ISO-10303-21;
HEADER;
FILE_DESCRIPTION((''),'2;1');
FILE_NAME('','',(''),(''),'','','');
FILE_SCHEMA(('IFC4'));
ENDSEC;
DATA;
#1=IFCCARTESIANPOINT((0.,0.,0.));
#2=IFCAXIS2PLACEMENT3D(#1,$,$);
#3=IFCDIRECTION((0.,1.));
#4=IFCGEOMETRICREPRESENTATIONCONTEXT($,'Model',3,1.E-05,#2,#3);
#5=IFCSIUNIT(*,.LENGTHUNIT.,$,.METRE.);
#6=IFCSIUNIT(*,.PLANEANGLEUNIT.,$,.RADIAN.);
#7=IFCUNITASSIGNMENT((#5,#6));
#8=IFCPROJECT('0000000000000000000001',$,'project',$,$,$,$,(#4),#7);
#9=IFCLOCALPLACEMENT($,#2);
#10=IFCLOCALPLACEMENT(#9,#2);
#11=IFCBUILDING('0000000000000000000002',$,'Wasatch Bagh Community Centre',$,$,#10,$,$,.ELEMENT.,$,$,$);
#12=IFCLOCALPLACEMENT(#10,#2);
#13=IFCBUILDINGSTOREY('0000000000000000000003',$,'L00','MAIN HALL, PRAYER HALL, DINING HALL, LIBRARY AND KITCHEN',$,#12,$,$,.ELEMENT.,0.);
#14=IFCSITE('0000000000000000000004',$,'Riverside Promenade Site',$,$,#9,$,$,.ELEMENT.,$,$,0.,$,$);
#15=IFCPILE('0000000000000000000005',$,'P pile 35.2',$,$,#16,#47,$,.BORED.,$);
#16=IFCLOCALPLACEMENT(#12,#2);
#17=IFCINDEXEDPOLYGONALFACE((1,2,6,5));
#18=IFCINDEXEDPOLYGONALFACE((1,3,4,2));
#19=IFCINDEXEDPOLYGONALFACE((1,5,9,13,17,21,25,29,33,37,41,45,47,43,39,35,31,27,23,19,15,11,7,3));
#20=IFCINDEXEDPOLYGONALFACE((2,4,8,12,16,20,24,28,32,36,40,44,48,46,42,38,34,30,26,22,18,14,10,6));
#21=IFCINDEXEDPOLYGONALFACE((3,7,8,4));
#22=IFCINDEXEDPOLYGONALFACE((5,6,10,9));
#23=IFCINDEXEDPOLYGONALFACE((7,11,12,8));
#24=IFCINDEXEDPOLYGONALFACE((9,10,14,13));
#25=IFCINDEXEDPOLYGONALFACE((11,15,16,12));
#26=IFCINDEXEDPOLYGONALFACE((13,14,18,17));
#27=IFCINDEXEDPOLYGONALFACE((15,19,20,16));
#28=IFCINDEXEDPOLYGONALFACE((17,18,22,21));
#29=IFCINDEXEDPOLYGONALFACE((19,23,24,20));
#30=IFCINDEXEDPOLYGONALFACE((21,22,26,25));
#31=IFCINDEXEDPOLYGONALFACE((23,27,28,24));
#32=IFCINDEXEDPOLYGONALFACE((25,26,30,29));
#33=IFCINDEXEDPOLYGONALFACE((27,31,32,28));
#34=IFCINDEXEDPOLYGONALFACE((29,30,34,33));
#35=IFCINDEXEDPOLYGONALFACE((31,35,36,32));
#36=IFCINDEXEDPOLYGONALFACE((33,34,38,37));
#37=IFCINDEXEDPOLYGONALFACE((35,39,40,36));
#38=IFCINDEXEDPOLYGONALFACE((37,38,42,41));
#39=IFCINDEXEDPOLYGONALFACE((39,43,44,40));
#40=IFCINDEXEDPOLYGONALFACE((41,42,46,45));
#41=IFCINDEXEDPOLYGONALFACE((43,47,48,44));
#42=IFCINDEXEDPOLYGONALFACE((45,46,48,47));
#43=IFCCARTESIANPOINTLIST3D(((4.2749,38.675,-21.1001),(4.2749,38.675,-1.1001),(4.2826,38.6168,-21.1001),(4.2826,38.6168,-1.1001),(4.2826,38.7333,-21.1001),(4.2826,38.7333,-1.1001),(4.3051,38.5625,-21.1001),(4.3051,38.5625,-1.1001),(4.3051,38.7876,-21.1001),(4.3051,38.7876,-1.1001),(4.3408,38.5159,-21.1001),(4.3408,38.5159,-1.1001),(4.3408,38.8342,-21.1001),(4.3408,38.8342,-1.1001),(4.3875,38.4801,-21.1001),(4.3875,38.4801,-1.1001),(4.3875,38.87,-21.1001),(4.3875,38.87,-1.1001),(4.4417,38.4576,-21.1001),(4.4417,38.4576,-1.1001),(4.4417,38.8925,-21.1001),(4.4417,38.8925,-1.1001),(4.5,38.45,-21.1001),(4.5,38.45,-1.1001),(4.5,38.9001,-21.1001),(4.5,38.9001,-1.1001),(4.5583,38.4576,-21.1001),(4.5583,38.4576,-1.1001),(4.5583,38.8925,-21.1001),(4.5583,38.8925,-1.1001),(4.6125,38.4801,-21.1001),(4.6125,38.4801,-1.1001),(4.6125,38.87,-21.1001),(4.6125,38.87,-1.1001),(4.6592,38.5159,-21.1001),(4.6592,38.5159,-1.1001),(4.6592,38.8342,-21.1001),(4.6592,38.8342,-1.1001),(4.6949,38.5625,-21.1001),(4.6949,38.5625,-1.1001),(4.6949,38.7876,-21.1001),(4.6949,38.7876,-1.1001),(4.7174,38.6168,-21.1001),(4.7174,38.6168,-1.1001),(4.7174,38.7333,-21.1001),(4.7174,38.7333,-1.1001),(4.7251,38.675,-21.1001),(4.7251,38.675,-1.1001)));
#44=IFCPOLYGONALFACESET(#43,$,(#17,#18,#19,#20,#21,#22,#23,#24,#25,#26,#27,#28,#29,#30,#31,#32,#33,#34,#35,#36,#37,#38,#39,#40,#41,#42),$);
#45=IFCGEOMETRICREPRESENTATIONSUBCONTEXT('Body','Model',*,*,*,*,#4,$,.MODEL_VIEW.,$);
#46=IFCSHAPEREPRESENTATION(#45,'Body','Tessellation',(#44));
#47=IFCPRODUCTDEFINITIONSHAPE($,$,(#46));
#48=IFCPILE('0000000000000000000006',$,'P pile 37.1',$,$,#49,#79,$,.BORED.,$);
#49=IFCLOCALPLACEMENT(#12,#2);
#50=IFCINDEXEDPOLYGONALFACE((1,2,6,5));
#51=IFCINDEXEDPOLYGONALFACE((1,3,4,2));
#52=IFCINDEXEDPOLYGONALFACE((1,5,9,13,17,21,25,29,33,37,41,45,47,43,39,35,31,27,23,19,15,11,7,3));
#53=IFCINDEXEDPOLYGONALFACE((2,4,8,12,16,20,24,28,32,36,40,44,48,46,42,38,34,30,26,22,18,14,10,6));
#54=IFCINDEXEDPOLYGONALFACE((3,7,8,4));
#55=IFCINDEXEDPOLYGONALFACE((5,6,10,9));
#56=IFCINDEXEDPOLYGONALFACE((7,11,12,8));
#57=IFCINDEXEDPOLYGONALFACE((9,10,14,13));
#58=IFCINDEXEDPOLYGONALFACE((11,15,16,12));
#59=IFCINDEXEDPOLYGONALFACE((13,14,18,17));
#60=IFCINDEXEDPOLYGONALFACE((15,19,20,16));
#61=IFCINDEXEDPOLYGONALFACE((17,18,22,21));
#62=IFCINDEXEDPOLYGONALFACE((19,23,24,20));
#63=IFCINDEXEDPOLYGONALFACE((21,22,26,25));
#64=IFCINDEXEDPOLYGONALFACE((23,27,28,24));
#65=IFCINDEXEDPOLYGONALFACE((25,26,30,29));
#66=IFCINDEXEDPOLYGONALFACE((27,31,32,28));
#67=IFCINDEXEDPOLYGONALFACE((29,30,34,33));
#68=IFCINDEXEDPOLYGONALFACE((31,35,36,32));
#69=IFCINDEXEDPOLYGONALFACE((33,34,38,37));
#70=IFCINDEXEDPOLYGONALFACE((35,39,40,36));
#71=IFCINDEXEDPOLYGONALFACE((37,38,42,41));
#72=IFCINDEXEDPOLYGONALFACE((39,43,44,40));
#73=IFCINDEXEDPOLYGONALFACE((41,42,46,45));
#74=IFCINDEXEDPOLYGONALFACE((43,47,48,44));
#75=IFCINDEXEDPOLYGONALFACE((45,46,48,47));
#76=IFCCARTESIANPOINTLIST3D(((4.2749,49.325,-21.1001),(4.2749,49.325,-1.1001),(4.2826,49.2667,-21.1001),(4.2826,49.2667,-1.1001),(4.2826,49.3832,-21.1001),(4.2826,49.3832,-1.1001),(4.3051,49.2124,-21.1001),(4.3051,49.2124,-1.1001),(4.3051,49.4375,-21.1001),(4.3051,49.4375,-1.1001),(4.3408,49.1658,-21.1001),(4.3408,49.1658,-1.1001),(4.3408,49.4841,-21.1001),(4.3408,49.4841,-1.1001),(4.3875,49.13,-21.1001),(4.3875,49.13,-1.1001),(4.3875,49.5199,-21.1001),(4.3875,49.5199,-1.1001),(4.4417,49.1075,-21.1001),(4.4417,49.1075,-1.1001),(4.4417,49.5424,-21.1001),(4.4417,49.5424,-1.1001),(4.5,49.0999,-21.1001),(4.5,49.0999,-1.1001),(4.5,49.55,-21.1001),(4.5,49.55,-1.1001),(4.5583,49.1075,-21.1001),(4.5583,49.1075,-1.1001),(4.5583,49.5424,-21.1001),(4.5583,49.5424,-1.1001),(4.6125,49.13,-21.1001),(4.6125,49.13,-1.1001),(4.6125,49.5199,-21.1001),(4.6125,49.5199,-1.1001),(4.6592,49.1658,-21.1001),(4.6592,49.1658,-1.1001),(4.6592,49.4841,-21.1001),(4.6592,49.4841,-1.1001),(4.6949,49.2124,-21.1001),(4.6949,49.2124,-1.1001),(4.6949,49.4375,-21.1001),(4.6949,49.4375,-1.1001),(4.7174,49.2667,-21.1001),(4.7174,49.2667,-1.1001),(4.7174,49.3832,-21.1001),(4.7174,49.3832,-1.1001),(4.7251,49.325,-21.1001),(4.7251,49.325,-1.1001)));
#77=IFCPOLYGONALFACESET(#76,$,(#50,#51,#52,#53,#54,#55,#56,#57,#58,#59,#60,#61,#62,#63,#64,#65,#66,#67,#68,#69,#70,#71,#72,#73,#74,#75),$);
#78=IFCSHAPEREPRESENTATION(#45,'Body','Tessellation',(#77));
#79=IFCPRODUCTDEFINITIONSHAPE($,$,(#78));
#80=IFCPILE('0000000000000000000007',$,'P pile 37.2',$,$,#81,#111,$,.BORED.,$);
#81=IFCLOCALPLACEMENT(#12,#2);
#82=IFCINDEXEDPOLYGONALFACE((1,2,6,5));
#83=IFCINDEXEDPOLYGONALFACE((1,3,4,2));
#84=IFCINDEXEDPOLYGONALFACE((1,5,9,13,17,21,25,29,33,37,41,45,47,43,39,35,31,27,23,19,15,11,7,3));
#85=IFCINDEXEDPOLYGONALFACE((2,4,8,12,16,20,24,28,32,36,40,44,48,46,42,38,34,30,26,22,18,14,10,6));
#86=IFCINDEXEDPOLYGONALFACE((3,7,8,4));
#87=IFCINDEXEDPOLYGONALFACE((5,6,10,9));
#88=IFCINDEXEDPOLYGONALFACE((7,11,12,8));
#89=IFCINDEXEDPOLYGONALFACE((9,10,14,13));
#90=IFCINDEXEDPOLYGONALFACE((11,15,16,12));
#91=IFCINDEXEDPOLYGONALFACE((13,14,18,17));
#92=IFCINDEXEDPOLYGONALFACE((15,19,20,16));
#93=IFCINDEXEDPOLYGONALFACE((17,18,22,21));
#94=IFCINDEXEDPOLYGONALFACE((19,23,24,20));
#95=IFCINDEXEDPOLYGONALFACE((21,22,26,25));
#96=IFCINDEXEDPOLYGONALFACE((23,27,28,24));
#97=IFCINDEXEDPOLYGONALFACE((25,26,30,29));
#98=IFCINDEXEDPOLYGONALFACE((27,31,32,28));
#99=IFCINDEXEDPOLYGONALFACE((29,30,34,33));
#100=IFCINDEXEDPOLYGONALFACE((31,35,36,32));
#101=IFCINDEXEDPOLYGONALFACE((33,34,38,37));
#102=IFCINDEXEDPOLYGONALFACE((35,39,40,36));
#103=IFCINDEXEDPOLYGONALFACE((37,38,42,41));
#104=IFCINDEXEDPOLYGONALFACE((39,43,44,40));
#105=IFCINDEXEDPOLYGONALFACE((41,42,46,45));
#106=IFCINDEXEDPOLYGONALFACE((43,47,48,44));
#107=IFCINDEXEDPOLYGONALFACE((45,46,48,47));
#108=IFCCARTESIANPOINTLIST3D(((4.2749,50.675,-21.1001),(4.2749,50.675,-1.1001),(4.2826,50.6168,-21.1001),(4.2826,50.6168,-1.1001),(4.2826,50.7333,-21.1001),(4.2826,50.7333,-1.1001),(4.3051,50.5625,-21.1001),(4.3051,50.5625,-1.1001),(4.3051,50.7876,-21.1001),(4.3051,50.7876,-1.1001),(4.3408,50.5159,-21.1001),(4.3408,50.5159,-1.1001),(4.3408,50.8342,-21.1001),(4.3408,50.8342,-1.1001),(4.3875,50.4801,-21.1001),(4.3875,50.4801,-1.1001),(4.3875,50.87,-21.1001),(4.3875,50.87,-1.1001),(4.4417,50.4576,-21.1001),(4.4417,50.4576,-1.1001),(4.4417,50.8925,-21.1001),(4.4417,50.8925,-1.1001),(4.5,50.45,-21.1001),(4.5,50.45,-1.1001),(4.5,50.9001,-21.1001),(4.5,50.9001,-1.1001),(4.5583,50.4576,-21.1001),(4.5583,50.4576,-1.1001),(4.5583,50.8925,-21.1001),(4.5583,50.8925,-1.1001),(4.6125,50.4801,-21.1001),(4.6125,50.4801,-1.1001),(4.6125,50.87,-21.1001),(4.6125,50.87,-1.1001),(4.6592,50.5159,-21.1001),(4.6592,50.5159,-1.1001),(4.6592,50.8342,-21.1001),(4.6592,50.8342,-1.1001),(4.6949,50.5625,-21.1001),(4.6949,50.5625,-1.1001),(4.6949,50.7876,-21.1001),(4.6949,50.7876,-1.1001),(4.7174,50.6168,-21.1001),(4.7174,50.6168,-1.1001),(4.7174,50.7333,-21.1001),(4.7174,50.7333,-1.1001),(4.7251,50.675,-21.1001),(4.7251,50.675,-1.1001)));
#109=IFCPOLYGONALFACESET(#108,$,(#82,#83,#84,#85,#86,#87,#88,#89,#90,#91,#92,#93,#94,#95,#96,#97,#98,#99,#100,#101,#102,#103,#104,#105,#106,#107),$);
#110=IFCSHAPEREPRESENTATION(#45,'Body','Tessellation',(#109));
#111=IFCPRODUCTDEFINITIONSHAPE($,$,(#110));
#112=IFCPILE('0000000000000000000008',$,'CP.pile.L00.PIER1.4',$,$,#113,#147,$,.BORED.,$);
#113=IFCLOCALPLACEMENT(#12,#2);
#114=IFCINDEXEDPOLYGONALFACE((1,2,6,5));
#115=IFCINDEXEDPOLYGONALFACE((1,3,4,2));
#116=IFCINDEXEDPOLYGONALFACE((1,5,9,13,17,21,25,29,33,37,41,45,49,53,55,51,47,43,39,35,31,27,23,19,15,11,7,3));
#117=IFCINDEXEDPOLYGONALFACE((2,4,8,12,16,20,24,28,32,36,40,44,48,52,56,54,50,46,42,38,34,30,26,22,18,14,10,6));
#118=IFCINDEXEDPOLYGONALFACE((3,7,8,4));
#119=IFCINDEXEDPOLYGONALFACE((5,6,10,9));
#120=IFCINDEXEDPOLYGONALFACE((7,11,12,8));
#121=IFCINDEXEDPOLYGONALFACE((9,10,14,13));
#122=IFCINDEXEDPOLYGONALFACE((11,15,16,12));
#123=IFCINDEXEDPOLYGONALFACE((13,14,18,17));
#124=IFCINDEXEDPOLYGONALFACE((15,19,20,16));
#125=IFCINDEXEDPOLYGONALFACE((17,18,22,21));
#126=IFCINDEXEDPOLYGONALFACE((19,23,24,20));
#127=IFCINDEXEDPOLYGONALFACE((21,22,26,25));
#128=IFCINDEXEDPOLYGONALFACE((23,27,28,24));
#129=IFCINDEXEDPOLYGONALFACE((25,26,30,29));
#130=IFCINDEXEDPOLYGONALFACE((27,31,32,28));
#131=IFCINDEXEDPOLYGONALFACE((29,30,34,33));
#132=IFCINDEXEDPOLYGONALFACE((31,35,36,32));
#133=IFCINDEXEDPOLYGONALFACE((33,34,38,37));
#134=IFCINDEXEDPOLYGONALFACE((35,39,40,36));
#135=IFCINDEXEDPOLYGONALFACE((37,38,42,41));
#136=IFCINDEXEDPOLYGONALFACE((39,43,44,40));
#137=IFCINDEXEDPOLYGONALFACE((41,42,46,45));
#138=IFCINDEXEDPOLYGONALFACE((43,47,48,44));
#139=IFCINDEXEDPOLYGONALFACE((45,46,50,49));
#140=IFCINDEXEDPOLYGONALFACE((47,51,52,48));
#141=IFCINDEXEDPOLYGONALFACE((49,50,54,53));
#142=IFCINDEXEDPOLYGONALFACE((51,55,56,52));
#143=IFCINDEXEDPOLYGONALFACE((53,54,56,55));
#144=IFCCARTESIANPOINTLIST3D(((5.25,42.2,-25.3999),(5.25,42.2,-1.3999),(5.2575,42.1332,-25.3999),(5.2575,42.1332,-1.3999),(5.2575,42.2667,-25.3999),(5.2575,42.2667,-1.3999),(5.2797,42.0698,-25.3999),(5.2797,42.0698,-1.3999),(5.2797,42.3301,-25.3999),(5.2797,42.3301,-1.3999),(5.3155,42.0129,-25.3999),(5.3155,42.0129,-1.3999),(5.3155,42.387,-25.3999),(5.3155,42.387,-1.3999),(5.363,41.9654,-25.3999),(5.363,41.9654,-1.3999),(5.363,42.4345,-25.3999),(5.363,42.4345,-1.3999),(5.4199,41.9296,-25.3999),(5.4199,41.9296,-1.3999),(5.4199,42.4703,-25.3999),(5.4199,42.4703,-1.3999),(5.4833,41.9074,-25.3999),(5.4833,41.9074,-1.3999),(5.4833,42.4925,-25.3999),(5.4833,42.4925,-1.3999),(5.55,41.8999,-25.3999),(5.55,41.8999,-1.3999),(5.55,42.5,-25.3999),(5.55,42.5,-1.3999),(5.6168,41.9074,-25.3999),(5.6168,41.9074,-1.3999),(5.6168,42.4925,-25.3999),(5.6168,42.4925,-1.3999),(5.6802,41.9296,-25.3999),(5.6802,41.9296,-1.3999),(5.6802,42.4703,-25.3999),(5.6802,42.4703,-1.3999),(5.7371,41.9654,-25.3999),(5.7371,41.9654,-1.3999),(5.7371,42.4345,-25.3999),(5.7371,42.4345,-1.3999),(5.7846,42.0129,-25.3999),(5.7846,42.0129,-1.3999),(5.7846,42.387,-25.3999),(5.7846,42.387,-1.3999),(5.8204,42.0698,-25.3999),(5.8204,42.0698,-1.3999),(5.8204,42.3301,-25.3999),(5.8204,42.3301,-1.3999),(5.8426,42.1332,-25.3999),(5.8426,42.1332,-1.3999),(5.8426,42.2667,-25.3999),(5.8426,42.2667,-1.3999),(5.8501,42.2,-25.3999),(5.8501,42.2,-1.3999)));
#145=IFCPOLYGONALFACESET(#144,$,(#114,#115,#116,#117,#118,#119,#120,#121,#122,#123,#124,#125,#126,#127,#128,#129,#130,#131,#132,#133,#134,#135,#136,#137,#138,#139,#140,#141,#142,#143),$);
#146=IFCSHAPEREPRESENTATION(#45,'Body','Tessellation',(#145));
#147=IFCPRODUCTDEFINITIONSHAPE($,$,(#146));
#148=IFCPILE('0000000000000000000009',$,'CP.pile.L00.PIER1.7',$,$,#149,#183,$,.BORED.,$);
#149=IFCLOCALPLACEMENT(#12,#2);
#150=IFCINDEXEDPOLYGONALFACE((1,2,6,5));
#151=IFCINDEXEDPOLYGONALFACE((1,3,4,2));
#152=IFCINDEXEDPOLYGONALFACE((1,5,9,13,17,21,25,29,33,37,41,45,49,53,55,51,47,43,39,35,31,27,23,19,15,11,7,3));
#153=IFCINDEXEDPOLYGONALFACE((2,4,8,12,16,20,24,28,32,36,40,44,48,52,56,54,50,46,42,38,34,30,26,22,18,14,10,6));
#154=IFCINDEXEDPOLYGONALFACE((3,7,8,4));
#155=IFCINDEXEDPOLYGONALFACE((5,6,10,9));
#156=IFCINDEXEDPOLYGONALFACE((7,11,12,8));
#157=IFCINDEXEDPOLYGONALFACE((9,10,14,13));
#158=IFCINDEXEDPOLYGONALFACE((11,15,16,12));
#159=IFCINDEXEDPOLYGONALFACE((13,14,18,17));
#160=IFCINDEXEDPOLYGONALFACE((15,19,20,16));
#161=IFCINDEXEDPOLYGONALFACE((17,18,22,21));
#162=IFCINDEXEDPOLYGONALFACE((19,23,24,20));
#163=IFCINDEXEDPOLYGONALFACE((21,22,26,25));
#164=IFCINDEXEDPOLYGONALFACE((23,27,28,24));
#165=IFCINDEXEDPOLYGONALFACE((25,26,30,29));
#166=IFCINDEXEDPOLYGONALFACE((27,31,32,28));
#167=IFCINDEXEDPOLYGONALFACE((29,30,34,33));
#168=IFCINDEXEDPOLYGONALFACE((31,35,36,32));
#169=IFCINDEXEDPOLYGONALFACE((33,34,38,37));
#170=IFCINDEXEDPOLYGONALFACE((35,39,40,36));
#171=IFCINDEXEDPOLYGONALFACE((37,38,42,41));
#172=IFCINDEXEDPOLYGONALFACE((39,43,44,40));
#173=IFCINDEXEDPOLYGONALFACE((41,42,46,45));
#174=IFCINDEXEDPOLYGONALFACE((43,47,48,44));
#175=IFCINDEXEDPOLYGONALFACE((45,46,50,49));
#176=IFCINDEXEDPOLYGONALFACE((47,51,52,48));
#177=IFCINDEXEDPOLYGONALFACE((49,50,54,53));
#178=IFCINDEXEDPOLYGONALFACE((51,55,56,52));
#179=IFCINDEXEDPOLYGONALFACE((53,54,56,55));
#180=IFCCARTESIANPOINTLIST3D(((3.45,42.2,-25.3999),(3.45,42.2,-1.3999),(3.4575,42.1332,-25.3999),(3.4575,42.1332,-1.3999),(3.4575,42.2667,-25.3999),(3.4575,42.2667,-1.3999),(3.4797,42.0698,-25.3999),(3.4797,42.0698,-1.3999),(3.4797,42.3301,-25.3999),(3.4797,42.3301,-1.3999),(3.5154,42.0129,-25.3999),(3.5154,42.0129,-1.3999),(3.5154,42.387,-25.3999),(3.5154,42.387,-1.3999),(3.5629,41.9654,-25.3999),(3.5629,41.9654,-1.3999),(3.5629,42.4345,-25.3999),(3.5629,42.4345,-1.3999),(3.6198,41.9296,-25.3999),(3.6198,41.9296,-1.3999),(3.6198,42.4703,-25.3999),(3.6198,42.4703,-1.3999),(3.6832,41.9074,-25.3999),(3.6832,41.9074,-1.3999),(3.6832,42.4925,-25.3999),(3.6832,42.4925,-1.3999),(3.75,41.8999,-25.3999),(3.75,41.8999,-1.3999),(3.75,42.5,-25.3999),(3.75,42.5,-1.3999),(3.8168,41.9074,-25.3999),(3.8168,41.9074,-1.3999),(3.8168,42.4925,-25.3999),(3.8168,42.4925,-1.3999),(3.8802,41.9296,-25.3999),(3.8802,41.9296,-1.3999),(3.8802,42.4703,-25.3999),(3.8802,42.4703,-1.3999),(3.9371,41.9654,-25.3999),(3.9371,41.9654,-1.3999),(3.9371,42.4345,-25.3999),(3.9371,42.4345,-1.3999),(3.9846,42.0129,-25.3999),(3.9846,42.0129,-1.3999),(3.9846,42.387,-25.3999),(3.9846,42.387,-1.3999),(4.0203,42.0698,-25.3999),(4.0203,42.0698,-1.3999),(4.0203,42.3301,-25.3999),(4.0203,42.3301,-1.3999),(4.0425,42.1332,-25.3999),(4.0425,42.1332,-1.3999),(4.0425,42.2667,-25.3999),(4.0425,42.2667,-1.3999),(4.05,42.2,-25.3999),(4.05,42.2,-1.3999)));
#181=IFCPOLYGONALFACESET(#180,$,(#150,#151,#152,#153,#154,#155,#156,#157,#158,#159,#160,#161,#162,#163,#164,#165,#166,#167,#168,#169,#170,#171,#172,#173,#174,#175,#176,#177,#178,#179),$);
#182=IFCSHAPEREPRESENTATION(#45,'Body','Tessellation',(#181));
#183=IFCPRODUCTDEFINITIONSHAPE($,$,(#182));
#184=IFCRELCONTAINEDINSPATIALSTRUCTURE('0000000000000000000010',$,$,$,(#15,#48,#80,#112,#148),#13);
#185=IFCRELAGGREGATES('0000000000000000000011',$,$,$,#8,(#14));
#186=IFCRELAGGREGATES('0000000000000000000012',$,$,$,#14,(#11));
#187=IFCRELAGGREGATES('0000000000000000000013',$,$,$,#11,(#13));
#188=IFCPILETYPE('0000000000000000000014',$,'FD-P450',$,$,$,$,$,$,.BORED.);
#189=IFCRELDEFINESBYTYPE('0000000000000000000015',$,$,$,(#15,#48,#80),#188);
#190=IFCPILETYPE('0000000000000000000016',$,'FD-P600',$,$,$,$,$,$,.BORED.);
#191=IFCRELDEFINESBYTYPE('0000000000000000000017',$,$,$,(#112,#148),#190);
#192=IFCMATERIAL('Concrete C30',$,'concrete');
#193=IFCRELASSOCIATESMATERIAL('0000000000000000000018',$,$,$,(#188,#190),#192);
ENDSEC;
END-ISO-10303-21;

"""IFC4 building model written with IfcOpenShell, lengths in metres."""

from ifc_helpers import new_model, si_unit, direction, frame, origin, origin_2d, place, context, subcontext, project, spatial, circle, extrude, material, material_profile, profile_set, type_object, element, save


model = new_model("IFC4")

# Units and contexts
model_context = context("Model", 3, precision=1e-05, world=origin(), true_north=direction((0.0, 1.0)))
body_context = subcontext(model_context, "Body", "Model", "MODEL_VIEW")
ifc_project = project(units=[si_unit("LENGTHUNIT", "METRE"), si_unit("PLANEANGLEUNIT", "RADIAN")], contexts=[model_context])

# Site, building, storey
site_placement = place(None, origin())
site = spatial("IfcSite", under=ifc_project, at=site_placement, Name="Riverside Promenade Site", CompositionType="ELEMENT", RefElevation=0.0)
building_placement = place(site_placement, origin())
building = spatial("IfcBuilding", under=site, at=building_placement, Name="Wasatch Bagh Community Centre", CompositionType="ELEMENT")
storey_placement = place(building_placement, origin())
storey = spatial("IfcBuildingStorey", under=building, at=storey_placement, Name="L00", Description="MAIN HALL, PRAYER HALL, DINING HALL, LIBRARY AND KITCHEN", CompositionType="ELEMENT", Elevation=0.0)

# Piles
ifc_material_1 = material(Name="Concrete C30", Category="concrete")
ifc_material_profile_1 = material_profile(ifc_material_1, circle(Radius=0.2251, at=origin_2d()), Name="RC D450")
ifc_profile_set_1 = profile_set([ifc_material_profile_1], Name="Concrete C30")
pile_type_1 = type_object("IfcPileType", Name="FD-P450", PredefinedType="BORED", material=ifc_profile_set_1)
for number, where, z_axis, x_axis, name in (
    (1, (4.5, 38.675, -1.1001), (0.0, 0.0, -1.0), (1.0, 0.0, 0.0), "P pile 35.2"),
    (2, (4.5, 49.325, -1.1001), (0.0, 0.0, -1.0), (1.0, 0.0, 0.0), "P pile 37.1"),
    (3, (4.5, 50.675, -1.1001), (0.0, 0.0, -1.0), (1.0, 0.0, 0.0), "P pile 37.2"),
):
    element("IfcPile", number, at=place(storey_placement, frame(where, z_axis=z_axis, x_axis=x_axis)), inside=storey, type_object=pile_type_1, Name=name, PredefinedType="BORED", context=body_context, shape_type="SweptSolid", body=[
        extrude(circle(Radius=0.2251, at=origin_2d()), origin(), (0.0, 0.0, 1.0), 20.0),
    ])
ifc_material_profile_2 = material_profile(ifc_material_1, circle(Radius=0.3, at=origin_2d()), Name="RC D600")
ifc_profile_set_2 = profile_set([ifc_material_profile_2], Name="Concrete C30")
pile_type_2 = type_object("IfcPileType", Name="FD-P600", PredefinedType="BORED", material=ifc_profile_set_2)
for number, where, z_axis, x_axis, name in (
    (4, (5.55, 42.2, -1.3999), (0.0, 0.0, -1.0), (1.0, 0.0, 0.0), "CP.pile.L00.PIER1.4"),
    (5, (3.75, 42.2, -1.3999), (0.0, 0.0, -1.0), (1.0, 0.0, 0.0), "CP.pile.L00.PIER1.7"),
):
    element("IfcPile", number, at=place(storey_placement, frame(where, z_axis=z_axis, x_axis=x_axis)), inside=storey, type_object=pile_type_2, Name=name, PredefinedType="BORED", context=body_context, shape_type="SweptSolid", body=[
        extrude(circle(Radius=0.3, at=origin_2d()), origin(), (0.0, 0.0, 1.0), 24.0),
    ])

save(model, "model.ifc")
